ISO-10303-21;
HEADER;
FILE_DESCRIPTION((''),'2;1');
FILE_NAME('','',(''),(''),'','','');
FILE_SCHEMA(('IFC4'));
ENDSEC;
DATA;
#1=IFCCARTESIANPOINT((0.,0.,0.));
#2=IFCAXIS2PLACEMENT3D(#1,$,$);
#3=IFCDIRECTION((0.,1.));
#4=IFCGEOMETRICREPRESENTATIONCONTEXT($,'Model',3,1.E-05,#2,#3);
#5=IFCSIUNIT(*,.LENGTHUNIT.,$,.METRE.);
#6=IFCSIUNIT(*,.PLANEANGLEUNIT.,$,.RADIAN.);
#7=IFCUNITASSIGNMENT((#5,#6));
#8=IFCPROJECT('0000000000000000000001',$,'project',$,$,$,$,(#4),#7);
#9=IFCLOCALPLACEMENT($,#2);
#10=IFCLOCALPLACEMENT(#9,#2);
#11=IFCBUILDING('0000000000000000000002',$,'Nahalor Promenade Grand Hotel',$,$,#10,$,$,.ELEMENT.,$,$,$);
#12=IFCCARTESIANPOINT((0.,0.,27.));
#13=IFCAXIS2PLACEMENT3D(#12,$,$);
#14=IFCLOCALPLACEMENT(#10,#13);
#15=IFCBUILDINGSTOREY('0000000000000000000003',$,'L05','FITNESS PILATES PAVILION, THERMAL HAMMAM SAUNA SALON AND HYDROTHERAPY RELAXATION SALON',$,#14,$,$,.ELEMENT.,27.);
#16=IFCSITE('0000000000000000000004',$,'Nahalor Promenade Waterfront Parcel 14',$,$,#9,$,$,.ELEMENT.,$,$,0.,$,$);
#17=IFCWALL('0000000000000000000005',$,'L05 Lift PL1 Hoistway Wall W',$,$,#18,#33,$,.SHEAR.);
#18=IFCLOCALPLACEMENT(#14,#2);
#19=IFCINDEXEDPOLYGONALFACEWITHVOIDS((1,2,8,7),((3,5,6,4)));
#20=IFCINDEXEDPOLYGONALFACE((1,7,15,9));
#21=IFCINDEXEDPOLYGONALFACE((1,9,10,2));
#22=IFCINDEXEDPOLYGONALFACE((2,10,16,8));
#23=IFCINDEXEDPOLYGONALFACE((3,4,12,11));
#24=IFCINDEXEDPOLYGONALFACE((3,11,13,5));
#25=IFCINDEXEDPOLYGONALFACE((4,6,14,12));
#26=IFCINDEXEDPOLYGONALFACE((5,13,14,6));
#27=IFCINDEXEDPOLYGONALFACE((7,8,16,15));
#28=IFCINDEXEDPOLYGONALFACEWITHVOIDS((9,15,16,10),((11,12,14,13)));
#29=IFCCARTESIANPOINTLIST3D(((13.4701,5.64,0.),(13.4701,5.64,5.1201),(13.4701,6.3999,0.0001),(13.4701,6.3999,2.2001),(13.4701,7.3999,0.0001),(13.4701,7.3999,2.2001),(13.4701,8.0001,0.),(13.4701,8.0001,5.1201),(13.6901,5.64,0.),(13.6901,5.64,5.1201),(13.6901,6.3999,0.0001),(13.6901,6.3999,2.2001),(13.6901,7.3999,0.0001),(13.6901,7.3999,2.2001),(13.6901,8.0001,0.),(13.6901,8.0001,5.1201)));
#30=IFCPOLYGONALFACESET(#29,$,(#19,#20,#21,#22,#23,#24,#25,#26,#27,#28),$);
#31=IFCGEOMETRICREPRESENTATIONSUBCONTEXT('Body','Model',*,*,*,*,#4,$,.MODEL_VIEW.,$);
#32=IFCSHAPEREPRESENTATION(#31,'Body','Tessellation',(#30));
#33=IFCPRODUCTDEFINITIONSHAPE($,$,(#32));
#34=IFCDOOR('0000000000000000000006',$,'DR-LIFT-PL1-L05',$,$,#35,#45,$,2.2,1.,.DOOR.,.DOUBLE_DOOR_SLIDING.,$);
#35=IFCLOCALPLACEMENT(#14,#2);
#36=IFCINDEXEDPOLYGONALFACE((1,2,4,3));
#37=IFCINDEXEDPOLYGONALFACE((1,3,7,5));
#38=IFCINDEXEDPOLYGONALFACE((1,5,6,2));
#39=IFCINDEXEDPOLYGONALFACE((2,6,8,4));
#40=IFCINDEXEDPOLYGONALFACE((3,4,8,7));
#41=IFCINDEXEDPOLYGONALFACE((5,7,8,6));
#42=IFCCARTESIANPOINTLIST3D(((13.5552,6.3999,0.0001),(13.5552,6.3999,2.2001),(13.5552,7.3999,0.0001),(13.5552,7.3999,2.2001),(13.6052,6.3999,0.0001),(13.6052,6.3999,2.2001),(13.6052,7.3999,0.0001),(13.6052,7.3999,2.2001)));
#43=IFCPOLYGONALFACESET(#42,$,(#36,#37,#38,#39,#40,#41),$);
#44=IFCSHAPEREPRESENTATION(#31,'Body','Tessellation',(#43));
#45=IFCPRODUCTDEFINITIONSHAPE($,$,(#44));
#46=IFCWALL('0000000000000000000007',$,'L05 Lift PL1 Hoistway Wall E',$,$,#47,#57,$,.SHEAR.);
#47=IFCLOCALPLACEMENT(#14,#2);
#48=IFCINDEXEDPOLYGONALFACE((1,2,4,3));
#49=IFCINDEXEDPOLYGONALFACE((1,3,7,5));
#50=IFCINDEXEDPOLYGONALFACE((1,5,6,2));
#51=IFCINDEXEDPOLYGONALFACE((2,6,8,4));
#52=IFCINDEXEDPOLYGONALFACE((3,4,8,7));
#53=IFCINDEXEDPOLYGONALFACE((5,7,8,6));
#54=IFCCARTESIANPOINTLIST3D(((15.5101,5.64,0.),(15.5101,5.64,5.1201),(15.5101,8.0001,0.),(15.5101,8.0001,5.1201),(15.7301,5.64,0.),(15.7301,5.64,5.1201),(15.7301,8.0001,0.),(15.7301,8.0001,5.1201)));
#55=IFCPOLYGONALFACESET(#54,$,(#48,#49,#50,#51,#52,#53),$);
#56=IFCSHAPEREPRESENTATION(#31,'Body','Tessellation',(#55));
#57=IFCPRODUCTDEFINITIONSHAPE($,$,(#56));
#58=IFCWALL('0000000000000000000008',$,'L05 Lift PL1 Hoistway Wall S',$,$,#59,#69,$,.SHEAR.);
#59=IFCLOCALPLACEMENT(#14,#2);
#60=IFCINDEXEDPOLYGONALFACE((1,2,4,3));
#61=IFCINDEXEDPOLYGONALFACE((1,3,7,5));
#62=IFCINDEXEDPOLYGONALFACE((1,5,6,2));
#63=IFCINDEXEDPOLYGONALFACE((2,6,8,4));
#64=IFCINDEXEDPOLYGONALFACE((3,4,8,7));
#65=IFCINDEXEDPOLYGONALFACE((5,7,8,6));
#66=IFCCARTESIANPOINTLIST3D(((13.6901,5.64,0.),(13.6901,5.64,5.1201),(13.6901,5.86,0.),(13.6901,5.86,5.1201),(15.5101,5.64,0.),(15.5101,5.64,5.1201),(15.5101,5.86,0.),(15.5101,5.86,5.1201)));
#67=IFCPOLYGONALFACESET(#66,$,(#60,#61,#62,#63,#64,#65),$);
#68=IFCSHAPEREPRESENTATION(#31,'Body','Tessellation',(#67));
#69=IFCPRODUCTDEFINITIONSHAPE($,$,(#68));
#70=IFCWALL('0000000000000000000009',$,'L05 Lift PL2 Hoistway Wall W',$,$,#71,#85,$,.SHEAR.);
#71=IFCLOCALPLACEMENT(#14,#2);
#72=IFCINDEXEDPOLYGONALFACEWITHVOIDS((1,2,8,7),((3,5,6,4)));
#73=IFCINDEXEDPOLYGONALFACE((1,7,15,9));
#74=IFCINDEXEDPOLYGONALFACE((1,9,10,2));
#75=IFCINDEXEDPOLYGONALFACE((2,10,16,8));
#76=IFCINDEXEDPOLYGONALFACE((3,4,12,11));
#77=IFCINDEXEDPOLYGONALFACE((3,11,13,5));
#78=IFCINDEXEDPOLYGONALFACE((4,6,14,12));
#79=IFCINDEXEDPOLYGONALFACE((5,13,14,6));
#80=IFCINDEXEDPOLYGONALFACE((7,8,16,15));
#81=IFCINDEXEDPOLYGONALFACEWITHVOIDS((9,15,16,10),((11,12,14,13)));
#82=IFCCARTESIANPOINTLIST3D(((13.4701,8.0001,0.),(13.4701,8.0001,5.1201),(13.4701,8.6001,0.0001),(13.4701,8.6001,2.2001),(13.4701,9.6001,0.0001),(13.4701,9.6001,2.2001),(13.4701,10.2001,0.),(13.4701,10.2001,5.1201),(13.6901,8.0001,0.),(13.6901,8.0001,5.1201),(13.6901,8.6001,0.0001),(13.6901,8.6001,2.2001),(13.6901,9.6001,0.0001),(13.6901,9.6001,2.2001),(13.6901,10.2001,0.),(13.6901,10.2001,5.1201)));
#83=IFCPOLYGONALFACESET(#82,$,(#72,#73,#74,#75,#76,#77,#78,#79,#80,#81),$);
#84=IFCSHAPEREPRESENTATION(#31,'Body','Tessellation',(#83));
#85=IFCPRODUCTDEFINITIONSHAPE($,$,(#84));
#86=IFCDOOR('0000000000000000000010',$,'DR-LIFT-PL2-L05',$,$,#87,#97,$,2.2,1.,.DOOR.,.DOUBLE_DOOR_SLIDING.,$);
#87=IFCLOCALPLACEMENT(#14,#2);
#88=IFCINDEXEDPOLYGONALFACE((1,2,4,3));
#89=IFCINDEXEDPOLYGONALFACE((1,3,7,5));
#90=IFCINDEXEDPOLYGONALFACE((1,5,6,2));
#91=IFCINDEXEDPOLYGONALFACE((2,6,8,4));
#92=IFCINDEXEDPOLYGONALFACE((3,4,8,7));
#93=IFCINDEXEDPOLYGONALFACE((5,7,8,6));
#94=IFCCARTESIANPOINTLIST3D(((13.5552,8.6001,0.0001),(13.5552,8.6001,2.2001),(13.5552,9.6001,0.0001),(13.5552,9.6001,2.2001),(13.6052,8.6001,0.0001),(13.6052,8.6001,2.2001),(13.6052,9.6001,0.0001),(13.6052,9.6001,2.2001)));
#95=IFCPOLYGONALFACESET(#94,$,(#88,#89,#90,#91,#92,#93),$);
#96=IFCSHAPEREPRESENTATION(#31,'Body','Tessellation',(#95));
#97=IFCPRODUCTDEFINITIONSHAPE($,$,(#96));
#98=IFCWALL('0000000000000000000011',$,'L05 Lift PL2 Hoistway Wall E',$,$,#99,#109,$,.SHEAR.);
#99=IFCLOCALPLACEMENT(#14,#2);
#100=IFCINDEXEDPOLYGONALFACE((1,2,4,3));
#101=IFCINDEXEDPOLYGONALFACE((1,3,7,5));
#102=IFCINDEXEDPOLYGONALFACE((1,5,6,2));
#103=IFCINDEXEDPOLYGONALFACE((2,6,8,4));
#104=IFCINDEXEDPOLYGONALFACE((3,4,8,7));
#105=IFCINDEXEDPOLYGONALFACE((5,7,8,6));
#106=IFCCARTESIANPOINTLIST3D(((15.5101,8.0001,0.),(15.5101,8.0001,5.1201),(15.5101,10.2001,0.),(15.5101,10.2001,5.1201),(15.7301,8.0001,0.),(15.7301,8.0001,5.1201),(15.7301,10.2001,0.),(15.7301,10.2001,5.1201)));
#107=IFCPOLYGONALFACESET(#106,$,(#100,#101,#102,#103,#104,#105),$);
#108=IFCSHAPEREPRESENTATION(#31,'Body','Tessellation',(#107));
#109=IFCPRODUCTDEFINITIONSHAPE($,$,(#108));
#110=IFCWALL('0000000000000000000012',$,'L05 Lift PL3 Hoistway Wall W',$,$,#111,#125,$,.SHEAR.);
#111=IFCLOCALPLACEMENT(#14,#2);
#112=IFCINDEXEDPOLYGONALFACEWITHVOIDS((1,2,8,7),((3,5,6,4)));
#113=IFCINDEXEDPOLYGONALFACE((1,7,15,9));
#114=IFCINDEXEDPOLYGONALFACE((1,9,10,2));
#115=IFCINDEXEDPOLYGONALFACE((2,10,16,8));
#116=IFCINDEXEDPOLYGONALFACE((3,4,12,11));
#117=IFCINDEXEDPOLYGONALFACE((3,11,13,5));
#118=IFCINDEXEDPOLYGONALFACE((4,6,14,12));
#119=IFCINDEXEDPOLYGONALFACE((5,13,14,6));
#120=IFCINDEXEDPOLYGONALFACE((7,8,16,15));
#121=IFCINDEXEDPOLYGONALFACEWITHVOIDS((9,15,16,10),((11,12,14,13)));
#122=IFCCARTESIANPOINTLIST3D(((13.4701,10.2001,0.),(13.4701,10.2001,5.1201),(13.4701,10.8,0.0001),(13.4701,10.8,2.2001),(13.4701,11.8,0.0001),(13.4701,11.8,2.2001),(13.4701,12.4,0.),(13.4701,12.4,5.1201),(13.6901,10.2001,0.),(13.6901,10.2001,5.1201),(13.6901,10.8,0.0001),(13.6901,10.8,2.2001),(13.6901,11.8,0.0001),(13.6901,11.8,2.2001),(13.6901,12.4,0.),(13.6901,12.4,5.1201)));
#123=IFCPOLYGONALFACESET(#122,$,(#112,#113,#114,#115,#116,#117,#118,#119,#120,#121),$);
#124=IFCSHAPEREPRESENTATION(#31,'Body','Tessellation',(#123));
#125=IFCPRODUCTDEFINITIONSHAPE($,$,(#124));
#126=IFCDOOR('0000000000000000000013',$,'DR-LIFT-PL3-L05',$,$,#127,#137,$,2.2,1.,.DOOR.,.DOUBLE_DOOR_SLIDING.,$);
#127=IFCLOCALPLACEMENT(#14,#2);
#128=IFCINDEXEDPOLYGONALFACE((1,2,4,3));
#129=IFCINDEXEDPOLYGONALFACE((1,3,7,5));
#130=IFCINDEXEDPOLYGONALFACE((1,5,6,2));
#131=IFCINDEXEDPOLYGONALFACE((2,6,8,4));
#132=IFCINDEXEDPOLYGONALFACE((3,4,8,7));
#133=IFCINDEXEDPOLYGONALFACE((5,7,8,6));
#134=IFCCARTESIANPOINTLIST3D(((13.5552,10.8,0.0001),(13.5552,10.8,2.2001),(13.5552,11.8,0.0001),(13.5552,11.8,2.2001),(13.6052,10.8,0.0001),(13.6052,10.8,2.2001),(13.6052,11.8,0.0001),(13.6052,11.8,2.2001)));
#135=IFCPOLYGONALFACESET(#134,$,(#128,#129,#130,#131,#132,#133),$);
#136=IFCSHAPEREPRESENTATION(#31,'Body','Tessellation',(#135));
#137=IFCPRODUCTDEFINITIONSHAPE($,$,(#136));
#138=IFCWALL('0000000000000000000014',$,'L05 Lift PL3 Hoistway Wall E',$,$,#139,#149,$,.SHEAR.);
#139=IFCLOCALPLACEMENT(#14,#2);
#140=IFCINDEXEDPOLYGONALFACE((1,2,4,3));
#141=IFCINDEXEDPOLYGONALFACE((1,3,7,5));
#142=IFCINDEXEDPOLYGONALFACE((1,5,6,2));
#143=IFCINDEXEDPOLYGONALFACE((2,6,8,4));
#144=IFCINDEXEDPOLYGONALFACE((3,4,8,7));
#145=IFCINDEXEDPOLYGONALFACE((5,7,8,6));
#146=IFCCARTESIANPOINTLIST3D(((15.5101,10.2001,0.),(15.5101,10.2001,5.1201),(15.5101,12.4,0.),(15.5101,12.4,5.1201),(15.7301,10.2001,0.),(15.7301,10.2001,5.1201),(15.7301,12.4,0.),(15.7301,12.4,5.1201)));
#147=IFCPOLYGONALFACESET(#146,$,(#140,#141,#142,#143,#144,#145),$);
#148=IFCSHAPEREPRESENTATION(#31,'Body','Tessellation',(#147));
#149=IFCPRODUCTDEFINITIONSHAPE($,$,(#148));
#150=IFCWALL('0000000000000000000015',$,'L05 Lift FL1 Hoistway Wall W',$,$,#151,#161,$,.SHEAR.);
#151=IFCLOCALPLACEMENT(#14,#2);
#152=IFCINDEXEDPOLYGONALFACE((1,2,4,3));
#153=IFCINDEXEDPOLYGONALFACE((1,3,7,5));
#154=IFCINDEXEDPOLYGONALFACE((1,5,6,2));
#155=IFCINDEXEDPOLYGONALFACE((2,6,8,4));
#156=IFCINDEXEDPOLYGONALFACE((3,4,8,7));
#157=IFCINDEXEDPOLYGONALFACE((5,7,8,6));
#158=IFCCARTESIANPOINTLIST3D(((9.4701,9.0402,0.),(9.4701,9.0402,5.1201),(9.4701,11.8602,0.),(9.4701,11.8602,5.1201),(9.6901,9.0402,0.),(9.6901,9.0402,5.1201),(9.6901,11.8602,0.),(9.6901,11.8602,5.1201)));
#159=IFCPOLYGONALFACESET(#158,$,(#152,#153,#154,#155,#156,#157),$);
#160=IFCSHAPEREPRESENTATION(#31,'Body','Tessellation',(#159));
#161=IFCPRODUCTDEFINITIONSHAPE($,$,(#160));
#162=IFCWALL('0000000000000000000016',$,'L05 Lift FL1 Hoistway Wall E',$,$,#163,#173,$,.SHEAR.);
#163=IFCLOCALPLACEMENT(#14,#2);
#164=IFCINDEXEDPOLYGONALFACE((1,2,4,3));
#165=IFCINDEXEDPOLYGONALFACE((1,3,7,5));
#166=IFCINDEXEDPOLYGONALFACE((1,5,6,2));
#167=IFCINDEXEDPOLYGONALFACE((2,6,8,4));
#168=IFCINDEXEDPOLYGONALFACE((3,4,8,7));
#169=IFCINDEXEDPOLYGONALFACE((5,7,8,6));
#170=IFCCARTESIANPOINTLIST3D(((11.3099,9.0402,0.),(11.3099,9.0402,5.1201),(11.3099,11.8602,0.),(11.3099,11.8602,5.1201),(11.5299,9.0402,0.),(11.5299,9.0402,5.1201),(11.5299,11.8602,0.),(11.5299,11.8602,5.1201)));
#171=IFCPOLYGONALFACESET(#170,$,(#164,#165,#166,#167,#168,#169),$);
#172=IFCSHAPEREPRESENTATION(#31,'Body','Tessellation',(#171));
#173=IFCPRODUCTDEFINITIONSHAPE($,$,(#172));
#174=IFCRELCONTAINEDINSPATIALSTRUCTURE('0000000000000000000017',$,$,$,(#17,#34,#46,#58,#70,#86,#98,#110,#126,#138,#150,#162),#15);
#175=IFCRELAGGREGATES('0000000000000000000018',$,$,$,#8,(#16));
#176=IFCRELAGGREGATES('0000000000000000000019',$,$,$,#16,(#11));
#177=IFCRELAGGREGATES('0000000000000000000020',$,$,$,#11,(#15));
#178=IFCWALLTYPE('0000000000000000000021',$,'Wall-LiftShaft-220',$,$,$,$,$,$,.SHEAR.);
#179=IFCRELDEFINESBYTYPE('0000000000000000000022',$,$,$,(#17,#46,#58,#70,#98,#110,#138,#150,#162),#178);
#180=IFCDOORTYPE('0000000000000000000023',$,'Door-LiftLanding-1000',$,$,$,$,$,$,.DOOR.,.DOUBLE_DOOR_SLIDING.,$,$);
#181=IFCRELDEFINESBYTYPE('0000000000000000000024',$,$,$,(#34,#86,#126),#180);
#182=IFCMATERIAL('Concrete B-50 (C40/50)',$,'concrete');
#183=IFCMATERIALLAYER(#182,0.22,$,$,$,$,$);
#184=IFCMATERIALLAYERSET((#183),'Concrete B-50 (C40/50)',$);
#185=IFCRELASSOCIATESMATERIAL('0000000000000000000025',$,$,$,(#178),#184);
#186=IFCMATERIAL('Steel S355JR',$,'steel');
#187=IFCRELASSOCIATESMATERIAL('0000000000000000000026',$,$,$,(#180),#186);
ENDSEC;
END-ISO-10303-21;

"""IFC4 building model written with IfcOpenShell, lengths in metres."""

from ifc_helpers import new_model, si_unit, direction, frame, frame_2d, origin, place, context, subcontext, project, spatial, rectangle, extrude, source, transform, mapped, material, layer, layer_set, type_object, element, fill, save


model = new_model("IFC4")

# Units and contexts
model_context = context("Model", 3, precision=1e-05, world=origin(), true_north=direction((0.0, 1.0)))
body_context = subcontext(model_context, "Body", "Model", "MODEL_VIEW")
ifc_project = project(units=[si_unit("LENGTHUNIT", "METRE"), si_unit("PLANEANGLEUNIT", "RADIAN")], contexts=[model_context])

# Site, building, storey
site_placement = place(None, origin())
site = spatial("IfcSite", under=ifc_project, at=site_placement, Name="Nahalor Promenade Waterfront Parcel 14", CompositionType="ELEMENT", RefElevation=0.0)
building_placement = place(site_placement, origin())
building = spatial("IfcBuilding", under=site, at=building_placement, Name="Nahalor Promenade Grand Hotel", CompositionType="ELEMENT")
storey_placement = place(building_placement, frame((0.0, 0.0, 27.0)))
storey = spatial("IfcBuildingStorey", under=building, at=storey_placement, Name="L05", Description="FITNESS PILATES PAVILION, THERMAL HAMMAM SAUNA SALON AND HYDROTHERAPY RELAXATION SALON", CompositionType="ELEMENT", Elevation=27.0)

# Shared definitions
ifc_material_1 = material(Name="Steel S355JR", Category="steel")

# Shared definitions
ifc_material_2 = material(Name="Concrete B-50 (C40/50)", Category="concrete")

# Shared definitions
ifc_layer_1 = layer(ifc_material_2, 0.22)
ifc_layer_set_1 = layer_set([ifc_layer_1], Name="Concrete B-50 (C40/50)")
wall_type_1 = type_object("IfcWallType", Name="Wall-LiftShaft-220", PredefinedType="SHEAR", material=ifc_layer_set_1)

# Wall, opening, door
shared_shape_1 = source(origin(), body_context, "Body", "SweptSolid", [
    extrude(rectangle(XDim=2.3601, YDim=0.22, at=frame_2d((1.1802, 0.0))), origin(), (0.0, 0.0, 1.0), 5.1201),
])
wall_1_placement = place(storey_placement, frame((13.5801, 5.6399, 0.0), z_axis=(0.0, 0.0, 1.0), x_axis=(0.0, 1.0, 0.0)))
wall_1 = element("IfcWall", 1, at=wall_1_placement, inside=storey, type_object=wall_type_1, Name="L05 Lift PL1 Hoistway Wall W", PredefinedType="SHEAR", context=body_context, shape_type="MappedRepresentation", body=[
    mapped(shared_shape_1, transform((0.0, 0.0, 0.0), scale=1.0)),
])
opening_1_placement = place(wall_1_placement, frame((0.76, 0.0, 0.0)))
opening_1 = element("IfcOpeningElement", 2, at=opening_1_placement, cuts=wall_1, PredefinedType="OPENING", context=body_context, shape_type="SweptSolid", body=[
    extrude(rectangle(XDim=1.0, YDim=2.2, at=frame_2d((0.5, 1.1001))), frame((0.0, 0.1199, 0.0), z_axis=(0.0, -1.0, 0.0), x_axis=(1.0, 0.0, 0.0)), (0.0, 0.0, 1.0), 0.24),
])
door_type_1 = type_object("IfcDoorType", Name="Door-LiftLanding-1000", OperationType="DOUBLE_DOOR_SLIDING", PredefinedType="DOOR", material=ifc_material_1)
shared_shape_2 = source(origin(), body_context, "Body", "SweptSolid", [
    extrude(rectangle(XDim=1.0, YDim=2.2, at=frame_2d((0.5, 1.1001))), frame((0.0, 0.0249, 0.0), z_axis=(0.0, -1.0, 0.0), x_axis=(1.0, 0.0, 0.0)), (0.0, 0.0, 1.0), 0.05),
])
door_1_placement = place(opening_1_placement, origin())
door_1 = element("IfcDoor", 3, at=door_1_placement, inside=storey, type_object=door_type_1, Name="DR-LIFT-PL1-L05", OperationType="DOUBLE_DOOR_SLIDING", OverallHeight=2.2, OverallWidth=1.0, PredefinedType="DOOR", context=body_context, shape_type="MappedRepresentation", body=[
    mapped(shared_shape_2, transform((0.0, 0.0, 0.0), scale=1.0)),
])
fill(opening_1, door_1)

# Walls
wall_2_placement = place(storey_placement, frame((15.6201, 5.6399, 0.0), z_axis=(0.0, 0.0, 1.0), x_axis=(0.0, 1.0, 0.0)))
element("IfcWall", 4, at=wall_2_placement, inside=storey, type_object=wall_type_1, Name="L05 Lift PL1 Hoistway Wall E", PredefinedType="SHEAR", context=body_context, shape_type="MappedRepresentation", body=[
    mapped(shared_shape_1, transform((0.0, 0.0, 0.0), scale=1.0)),
])
shared_shape_3 = source(origin(), body_context, "Body", "SweptSolid", [
    extrude(rectangle(XDim=1.8201, YDim=0.22, at=frame_2d((0.9102, 0.0))), origin(), (0.0, 0.0, 1.0), 5.1201),
])
wall_3_placement = place(storey_placement, frame((13.6899, 5.75, 0.0), z_axis=(0.0, 0.0, 1.0), x_axis=(1.0, 0.0, 0.0)))
element("IfcWall", 5, at=wall_3_placement, inside=storey, type_object=wall_type_1, Name="L05 Lift PL1 Hoistway Wall S", PredefinedType="SHEAR", context=body_context, shape_type="MappedRepresentation", body=[
    mapped(shared_shape_3, transform((0.0, 0.0, 0.0), scale=1.0)),
])

# Wall, opening, door
shared_shape_4 = source(origin(), body_context, "Body", "SweptSolid", [
    extrude(rectangle(XDim=2.2, YDim=0.22, at=frame_2d((1.1001, 0.0))), origin(), (0.0, 0.0, 1.0), 5.1201),
])
wall_4_placement = place(storey_placement, frame((13.5801, 8.0, 0.0), z_axis=(0.0, 0.0, 1.0), x_axis=(0.0, 1.0, 0.0)))
wall_4 = element("IfcWall", 6, at=wall_4_placement, inside=storey, type_object=wall_type_1, Name="L05 Lift PL2 Hoistway Wall W", PredefinedType="SHEAR", context=body_context, shape_type="MappedRepresentation", body=[
    mapped(shared_shape_4, transform((0.0, 0.0, 0.0), scale=1.0)),
])
opening_2_placement = place(wall_4_placement, frame((0.6001, 0.0, 0.0)))
opening_2 = element("IfcOpeningElement", 7, at=opening_2_placement, cuts=wall_4, PredefinedType="OPENING", context=body_context, shape_type="SweptSolid", body=[
    extrude(rectangle(XDim=1.0, YDim=2.2, at=frame_2d((0.5, 1.1001))), frame((0.0, 0.1199, 0.0), z_axis=(0.0, -1.0, 0.0), x_axis=(1.0, 0.0, 0.0)), (0.0, 0.0, 1.0), 0.24),
])
door_2_placement = place(opening_2_placement, origin())
door_2 = element("IfcDoor", 8, at=door_2_placement, inside=storey, type_object=door_type_1, Name="DR-LIFT-PL2-L05", OperationType="DOUBLE_DOOR_SLIDING", OverallHeight=2.2, OverallWidth=1.0, PredefinedType="DOOR", context=body_context, shape_type="MappedRepresentation", body=[
    mapped(shared_shape_2, transform((0.0, 0.0, 0.0), scale=1.0)),
])
fill(opening_2, door_2)

# Wall
wall_5_placement = place(storey_placement, frame((15.6201, 8.0, 0.0), z_axis=(0.0, 0.0, 1.0), x_axis=(0.0, 1.0, 0.0)))
element("IfcWall", 9, at=wall_5_placement, inside=storey, type_object=wall_type_1, Name="L05 Lift PL2 Hoistway Wall E", PredefinedType="SHEAR", context=body_context, shape_type="MappedRepresentation", body=[
    mapped(shared_shape_4, transform((0.0, 0.0, 0.0), scale=1.0)),
])

# Wall, opening, door
wall_6_placement = place(storey_placement, frame((13.5801, 10.2, 0.0), z_axis=(0.0, 0.0, 1.0), x_axis=(0.0, 1.0, 0.0)))
wall_6 = element("IfcWall", 10, at=wall_6_placement, inside=storey, type_object=wall_type_1, Name="L05 Lift PL3 Hoistway Wall W", PredefinedType="SHEAR", context=body_context, shape_type="MappedRepresentation", body=[
    mapped(shared_shape_4, transform((0.0, 0.0, 0.0), scale=1.0)),
])
opening_3_placement = place(wall_6_placement, frame((0.6001, 0.0, 0.0)))
opening_3 = element("IfcOpeningElement", 11, at=opening_3_placement, cuts=wall_6, PredefinedType="OPENING", context=body_context, shape_type="SweptSolid", body=[
    extrude(rectangle(XDim=1.0, YDim=2.2, at=frame_2d((0.5, 1.1001))), frame((0.0, 0.1199, 0.0), z_axis=(0.0, -1.0, 0.0), x_axis=(1.0, 0.0, 0.0)), (0.0, 0.0, 1.0), 0.24),
])
door_3_placement = place(opening_3_placement, origin())
door_3 = element("IfcDoor", 12, at=door_3_placement, inside=storey, type_object=door_type_1, Name="DR-LIFT-PL3-L05", OperationType="DOUBLE_DOOR_SLIDING", OverallHeight=2.2, OverallWidth=1.0, PredefinedType="DOOR", context=body_context, shape_type="MappedRepresentation", body=[
    mapped(shared_shape_2, transform((0.0, 0.0, 0.0), scale=1.0)),
])
fill(opening_3, door_3)

# Walls
wall_7_placement = place(storey_placement, frame((15.6201, 10.2, 0.0), z_axis=(0.0, 0.0, 1.0), x_axis=(0.0, 1.0, 0.0)))
element("IfcWall", 13, at=wall_7_placement, inside=storey, type_object=wall_type_1, Name="L05 Lift PL3 Hoistway Wall E", PredefinedType="SHEAR", context=body_context, shape_type="MappedRepresentation", body=[
    mapped(shared_shape_4, transform((0.0, 0.0, 0.0), scale=1.0)),
])
shared_shape_5 = source(origin(), body_context, "Body", "SweptSolid", [
    extrude(rectangle(XDim=2.8201, YDim=0.22, at=frame_2d((1.4102, 0.0))), origin(), (0.0, 0.0, 1.0), 5.1201),
])
for number, where, z_axis, x_axis, name in (
    (14, (9.5801, 9.04, 0.0), (0.0, 0.0, 1.0), (0.0, 1.0, 0.0), "L05 Lift FL1 Hoistway Wall W"),
    (15, (11.4199, 9.04, 0.0), (0.0, 0.0, 1.0), (0.0, 1.0, 0.0), "L05 Lift FL1 Hoistway Wall E"),
):
    element("IfcWall", number, at=place(storey_placement, frame(where, z_axis=z_axis, x_axis=x_axis)), inside=storey, type_object=wall_type_1, Name=name, PredefinedType="SHEAR", context=body_context, shape_type="MappedRepresentation", body=[
        mapped(shared_shape_5, transform((0.0, 0.0, 0.0), scale=1.0)),
    ])

save(model, "model.ifc")
